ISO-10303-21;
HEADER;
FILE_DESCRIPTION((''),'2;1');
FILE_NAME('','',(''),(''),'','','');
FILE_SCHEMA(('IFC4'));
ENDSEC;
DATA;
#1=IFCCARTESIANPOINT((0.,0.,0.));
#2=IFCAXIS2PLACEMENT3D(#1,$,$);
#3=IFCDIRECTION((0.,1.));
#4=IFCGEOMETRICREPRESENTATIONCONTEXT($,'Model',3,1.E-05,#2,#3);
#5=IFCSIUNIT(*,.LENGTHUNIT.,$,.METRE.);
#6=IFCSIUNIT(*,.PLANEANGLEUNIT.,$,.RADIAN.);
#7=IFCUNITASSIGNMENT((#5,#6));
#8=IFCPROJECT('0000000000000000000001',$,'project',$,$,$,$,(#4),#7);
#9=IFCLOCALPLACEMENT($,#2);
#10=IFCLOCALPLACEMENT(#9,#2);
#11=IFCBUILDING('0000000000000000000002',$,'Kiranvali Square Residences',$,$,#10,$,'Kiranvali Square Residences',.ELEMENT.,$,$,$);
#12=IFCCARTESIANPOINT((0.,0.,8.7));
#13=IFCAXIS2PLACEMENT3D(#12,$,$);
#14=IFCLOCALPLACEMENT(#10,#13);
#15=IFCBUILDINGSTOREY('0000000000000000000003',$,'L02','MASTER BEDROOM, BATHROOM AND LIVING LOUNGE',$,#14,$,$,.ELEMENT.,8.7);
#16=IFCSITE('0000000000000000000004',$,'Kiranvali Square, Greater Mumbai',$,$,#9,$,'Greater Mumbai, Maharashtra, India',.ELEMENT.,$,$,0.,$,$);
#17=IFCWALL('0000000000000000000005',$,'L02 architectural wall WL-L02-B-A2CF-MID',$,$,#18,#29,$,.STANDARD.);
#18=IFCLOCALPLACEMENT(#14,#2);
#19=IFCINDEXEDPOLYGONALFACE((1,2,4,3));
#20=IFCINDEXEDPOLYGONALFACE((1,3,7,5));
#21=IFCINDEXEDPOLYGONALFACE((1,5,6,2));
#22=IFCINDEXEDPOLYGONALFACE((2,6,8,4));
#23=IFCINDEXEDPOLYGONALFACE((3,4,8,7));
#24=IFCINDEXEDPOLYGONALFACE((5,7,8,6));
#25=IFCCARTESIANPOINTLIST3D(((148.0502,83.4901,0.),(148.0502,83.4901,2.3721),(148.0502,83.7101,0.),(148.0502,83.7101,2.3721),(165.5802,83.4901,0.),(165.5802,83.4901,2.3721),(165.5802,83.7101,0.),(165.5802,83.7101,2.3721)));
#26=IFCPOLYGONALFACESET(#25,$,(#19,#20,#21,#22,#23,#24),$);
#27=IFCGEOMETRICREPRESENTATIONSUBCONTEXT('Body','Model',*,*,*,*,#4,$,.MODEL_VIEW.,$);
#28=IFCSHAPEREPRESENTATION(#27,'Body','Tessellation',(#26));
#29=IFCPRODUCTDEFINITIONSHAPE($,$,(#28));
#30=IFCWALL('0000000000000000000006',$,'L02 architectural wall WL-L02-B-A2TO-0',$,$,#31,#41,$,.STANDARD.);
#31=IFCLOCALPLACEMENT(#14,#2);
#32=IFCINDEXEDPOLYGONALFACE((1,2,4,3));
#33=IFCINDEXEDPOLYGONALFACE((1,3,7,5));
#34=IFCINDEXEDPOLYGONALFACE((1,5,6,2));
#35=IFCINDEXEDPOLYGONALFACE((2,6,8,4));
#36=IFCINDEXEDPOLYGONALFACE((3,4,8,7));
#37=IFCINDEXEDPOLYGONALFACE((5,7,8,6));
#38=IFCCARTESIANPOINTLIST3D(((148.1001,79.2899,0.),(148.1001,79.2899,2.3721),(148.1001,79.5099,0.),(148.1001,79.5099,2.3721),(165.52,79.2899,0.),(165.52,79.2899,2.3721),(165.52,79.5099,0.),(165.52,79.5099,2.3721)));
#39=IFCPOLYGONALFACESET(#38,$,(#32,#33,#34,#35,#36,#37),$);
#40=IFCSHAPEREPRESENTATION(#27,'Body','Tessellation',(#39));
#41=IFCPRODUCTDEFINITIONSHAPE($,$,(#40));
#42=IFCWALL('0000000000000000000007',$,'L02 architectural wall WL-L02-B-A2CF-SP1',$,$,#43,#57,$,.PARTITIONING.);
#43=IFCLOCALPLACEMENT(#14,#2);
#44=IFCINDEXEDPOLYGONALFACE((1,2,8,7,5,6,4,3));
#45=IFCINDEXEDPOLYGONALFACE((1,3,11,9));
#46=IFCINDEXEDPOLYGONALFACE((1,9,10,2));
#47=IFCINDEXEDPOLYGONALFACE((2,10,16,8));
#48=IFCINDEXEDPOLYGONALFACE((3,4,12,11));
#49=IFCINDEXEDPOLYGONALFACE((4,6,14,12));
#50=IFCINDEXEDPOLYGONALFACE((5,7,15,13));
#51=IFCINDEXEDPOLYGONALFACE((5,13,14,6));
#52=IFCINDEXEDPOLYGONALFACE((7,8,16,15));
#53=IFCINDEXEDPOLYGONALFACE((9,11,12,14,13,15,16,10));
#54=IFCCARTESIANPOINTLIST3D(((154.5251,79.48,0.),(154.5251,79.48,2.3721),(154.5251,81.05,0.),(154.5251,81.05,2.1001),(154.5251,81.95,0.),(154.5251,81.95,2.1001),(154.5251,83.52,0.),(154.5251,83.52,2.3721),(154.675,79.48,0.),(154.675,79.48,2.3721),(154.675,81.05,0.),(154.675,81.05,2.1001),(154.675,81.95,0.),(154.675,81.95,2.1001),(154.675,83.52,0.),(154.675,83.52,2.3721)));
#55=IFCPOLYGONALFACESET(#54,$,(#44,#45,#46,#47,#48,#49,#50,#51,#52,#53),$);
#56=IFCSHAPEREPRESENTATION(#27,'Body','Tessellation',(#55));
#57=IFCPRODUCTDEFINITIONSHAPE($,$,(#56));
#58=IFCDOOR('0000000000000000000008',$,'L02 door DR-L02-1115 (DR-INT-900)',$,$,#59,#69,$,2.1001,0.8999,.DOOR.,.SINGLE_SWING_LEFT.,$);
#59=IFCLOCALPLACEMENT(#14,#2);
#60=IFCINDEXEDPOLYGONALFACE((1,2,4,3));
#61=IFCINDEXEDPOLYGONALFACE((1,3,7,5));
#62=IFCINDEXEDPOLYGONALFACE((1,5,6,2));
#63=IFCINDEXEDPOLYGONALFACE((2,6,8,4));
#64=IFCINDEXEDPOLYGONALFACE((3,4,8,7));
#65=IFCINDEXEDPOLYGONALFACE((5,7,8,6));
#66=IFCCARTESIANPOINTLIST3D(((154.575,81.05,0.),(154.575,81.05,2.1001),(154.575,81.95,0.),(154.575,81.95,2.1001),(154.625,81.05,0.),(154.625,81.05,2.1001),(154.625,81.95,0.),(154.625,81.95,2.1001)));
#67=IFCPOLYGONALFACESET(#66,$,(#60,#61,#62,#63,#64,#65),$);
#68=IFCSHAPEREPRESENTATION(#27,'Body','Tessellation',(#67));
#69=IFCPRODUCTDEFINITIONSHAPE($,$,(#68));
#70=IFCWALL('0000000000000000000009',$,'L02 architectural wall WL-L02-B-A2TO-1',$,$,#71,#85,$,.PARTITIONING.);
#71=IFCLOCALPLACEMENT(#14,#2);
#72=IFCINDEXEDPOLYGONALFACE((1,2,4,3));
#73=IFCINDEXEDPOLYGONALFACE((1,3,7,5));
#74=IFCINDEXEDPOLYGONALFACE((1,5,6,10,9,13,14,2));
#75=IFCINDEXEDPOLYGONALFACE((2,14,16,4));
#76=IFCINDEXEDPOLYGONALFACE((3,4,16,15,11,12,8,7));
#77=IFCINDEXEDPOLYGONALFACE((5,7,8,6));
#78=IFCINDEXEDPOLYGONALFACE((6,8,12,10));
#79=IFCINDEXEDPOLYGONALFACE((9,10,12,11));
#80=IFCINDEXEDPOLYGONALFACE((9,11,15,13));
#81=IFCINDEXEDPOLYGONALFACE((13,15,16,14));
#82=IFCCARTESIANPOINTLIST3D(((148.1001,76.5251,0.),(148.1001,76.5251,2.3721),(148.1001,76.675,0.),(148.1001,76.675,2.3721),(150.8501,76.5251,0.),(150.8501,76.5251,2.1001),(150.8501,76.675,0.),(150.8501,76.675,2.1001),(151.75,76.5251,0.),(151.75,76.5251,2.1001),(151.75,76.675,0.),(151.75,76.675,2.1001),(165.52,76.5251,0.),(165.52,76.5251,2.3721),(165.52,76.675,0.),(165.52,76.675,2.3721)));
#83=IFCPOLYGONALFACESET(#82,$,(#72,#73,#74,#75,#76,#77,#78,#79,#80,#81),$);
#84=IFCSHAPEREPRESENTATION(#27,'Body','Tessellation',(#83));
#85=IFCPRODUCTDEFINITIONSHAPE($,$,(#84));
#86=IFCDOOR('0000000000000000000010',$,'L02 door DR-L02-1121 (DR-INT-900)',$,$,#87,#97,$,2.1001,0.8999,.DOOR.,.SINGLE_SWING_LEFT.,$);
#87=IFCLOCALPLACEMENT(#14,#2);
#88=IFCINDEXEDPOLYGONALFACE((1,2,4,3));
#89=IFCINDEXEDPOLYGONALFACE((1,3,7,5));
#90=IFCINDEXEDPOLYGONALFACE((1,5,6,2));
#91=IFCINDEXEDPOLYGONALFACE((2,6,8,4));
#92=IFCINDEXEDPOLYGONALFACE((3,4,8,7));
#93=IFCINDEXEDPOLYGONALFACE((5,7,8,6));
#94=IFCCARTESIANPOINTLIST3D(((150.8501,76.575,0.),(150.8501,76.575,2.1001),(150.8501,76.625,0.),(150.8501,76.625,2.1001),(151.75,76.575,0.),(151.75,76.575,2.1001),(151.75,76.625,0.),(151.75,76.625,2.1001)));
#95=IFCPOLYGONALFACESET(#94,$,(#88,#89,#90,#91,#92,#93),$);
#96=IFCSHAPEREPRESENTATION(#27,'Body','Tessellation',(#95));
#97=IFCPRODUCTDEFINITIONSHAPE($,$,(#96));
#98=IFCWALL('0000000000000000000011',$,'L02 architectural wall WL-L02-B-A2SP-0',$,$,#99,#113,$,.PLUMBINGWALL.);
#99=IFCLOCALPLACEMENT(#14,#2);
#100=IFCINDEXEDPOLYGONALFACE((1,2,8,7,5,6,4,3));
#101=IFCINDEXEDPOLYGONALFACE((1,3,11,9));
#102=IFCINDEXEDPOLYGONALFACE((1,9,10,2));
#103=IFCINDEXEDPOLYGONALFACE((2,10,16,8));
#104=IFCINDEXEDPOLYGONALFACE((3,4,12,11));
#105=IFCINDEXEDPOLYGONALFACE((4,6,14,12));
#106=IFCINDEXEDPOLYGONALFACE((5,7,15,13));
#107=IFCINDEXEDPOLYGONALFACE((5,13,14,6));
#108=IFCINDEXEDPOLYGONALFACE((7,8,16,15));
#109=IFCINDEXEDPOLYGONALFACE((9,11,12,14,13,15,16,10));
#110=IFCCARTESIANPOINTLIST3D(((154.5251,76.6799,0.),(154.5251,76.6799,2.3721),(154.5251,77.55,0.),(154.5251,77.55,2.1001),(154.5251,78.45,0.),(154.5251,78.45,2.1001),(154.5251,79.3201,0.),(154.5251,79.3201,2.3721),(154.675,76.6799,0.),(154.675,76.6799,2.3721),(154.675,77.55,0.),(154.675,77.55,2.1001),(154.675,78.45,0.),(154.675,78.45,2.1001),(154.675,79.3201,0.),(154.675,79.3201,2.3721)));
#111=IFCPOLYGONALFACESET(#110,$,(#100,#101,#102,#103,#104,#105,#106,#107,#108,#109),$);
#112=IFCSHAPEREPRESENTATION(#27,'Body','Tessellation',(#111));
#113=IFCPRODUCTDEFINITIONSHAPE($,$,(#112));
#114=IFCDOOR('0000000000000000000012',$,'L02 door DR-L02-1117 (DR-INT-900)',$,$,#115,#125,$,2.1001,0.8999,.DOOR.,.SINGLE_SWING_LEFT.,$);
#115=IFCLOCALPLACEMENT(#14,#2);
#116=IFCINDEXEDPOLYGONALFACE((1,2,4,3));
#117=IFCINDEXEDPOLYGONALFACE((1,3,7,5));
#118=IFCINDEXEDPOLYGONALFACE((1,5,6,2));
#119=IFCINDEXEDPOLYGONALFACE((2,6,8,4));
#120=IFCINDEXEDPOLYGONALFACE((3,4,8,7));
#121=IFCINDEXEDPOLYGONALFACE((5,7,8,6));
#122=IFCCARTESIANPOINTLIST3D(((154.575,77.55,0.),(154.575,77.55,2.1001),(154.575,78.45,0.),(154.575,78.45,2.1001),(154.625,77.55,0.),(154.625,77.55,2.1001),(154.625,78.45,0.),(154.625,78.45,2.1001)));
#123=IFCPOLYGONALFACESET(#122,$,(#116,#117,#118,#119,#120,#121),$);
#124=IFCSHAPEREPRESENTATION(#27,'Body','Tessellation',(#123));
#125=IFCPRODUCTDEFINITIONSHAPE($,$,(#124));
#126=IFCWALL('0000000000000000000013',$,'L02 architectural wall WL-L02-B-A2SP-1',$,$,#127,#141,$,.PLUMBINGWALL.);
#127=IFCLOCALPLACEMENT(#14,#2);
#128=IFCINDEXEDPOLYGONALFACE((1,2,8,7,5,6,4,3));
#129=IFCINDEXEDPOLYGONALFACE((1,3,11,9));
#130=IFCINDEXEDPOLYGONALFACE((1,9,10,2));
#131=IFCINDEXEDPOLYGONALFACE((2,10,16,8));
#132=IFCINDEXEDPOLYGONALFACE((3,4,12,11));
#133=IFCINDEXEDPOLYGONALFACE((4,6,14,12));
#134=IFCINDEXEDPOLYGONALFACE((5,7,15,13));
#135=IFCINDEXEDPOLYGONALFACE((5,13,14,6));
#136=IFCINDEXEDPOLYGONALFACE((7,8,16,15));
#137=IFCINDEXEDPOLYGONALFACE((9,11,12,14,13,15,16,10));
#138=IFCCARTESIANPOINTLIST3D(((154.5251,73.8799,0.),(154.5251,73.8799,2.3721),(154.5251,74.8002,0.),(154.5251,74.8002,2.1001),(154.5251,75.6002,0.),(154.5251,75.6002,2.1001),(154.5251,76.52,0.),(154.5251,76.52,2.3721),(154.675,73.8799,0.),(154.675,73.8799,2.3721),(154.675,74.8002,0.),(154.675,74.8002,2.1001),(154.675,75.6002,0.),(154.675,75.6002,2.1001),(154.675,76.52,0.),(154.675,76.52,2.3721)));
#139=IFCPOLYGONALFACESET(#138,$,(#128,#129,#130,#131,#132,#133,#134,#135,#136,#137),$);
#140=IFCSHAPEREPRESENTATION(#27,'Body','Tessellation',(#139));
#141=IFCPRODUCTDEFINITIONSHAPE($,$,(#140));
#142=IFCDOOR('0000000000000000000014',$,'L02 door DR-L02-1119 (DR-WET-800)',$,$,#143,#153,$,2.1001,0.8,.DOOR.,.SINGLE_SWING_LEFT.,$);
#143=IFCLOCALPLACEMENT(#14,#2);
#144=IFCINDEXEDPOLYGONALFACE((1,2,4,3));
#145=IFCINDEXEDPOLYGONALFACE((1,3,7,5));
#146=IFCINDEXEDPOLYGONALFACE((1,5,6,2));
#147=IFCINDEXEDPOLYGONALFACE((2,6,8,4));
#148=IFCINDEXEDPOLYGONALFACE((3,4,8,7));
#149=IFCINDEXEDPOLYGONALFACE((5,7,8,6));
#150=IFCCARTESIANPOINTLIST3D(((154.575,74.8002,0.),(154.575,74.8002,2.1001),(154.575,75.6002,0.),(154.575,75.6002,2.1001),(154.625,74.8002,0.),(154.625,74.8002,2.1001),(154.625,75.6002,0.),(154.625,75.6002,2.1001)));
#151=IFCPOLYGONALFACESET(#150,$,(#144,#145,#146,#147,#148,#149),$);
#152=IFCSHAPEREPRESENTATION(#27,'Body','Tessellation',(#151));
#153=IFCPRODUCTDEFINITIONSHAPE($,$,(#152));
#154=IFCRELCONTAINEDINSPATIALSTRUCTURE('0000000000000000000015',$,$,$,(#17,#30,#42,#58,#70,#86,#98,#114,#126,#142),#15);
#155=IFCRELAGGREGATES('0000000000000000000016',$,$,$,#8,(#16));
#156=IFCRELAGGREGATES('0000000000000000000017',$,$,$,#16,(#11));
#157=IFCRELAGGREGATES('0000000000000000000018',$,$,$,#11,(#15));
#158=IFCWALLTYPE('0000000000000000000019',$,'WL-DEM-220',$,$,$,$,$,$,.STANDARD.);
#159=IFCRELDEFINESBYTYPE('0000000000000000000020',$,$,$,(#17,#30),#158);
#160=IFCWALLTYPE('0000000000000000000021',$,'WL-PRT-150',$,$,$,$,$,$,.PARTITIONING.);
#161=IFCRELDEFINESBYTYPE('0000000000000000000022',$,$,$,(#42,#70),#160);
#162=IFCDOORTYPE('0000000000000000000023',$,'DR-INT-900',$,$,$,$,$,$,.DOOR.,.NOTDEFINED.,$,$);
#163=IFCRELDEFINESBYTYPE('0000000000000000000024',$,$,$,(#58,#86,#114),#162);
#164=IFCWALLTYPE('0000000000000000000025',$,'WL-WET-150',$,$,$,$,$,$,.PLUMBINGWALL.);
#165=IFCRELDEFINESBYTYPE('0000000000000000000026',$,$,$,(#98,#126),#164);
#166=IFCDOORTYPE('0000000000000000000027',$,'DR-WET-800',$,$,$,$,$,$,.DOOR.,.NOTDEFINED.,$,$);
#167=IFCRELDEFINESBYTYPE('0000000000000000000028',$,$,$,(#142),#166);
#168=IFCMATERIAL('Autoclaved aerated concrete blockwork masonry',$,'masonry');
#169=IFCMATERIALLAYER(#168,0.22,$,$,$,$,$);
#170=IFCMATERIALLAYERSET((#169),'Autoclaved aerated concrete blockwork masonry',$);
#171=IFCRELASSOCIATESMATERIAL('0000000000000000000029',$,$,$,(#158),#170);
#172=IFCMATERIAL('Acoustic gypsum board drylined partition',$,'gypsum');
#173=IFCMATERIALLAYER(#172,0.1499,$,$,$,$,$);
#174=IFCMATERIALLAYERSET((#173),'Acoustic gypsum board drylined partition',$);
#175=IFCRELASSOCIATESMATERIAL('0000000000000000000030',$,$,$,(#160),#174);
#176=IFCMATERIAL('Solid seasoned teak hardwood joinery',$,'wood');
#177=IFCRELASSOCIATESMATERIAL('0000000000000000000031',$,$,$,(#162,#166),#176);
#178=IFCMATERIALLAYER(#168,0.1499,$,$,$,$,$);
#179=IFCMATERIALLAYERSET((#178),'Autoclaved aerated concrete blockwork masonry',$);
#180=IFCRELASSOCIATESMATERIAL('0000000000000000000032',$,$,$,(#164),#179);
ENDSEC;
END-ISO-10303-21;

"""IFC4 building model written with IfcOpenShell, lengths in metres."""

from ifc_helpers import new_model, si_unit, direction, frame, frame_2d, origin, place, context, subcontext, project, spatial, rectangle, extrude, material, layer, layer_set, type_object, element, fill, save


model = new_model("IFC4")

# Units and contexts
model_context = context("Model", 3, precision=1e-05, world=origin(), true_north=direction((0.0, 1.0)))
body_context = subcontext(model_context, "Body", "Model", "MODEL_VIEW")
ifc_project = project(units=[si_unit("LENGTHUNIT", "METRE"), si_unit("PLANEANGLEUNIT", "RADIAN")], contexts=[model_context])

# Site, building, storey
site_placement = place(None, origin())
site = spatial("IfcSite", under=ifc_project, at=site_placement, Name="Kiranvali Square, Greater Mumbai", LongName="Greater Mumbai, Maharashtra, India", CompositionType="ELEMENT", RefElevation=0.0)
building_placement = place(site_placement, origin())
building = spatial("IfcBuilding", under=site, at=building_placement, Name="Kiranvali Square Residences", LongName="Kiranvali Square Residences", CompositionType="ELEMENT")
storey_placement = place(building_placement, frame((0.0, 0.0, 8.7)))
storey = spatial("IfcBuildingStorey", under=building, at=storey_placement, Name="L02", Description="MASTER BEDROOM, BATHROOM AND LIVING LOUNGE", CompositionType="ELEMENT", Elevation=8.7)

# Shared definitions
ifc_material_1 = material(Name="Autoclaved aerated concrete blockwork masonry", Category="masonry")

# Walls
ifc_layer_1 = layer(ifc_material_1, 0.22)
ifc_layer_set_1 = layer_set([ifc_layer_1], Name="Autoclaved aerated concrete blockwork masonry")
wall_type_1 = type_object("IfcWallType", Name="WL-DEM-220", PredefinedType="STANDARD", material=ifc_layer_set_1)
wall_1_placement = place(storey_placement, frame((148.05, 83.6001, 0.0), z_axis=(0.0, 0.0, 1.0), x_axis=(1.0, 0.0, 0.0)))
element("IfcWall", 1, at=wall_1_placement, inside=storey, type_object=wall_type_1, Name="L02 architectural wall WL-L02-B-A2CF-MID", PredefinedType="STANDARD", context=body_context, shape_type="SweptSolid", body=[
    extrude(rectangle(XDim=17.53, YDim=0.22, at=frame_2d((8.7651, 0.0))), origin(), (0.0, 0.0, 1.0), 2.3721),
])
wall_2_placement = place(storey_placement, frame((148.1001, 79.3999, 0.0), z_axis=(0.0, 0.0, 1.0), x_axis=(1.0, 0.0, 0.0)))
element("IfcWall", 2, at=wall_2_placement, inside=storey, type_object=wall_type_1, Name="L02 architectural wall WL-L02-B-A2TO-0", PredefinedType="STANDARD", context=body_context, shape_type="SweptSolid", body=[
    extrude(rectangle(XDim=17.4199, YDim=0.22, at=frame_2d((8.71, 0.0))), origin(), (0.0, 0.0, 1.0), 2.3721),
])

# Walls, openings, doors
ifc_material_2 = material(Name="Acoustic gypsum board drylined partition", Category="gypsum")
ifc_layer_2 = layer(ifc_material_2, 0.1499)
ifc_layer_set_2 = layer_set([ifc_layer_2], Name="Acoustic gypsum board drylined partition")
wall_type_2 = type_object("IfcWallType", Name="WL-PRT-150", PredefinedType="PARTITIONING", material=ifc_layer_set_2)
wall_3_placement = place(storey_placement, frame((154.6001, 83.52, 0.0), z_axis=(0.0, 0.0, 1.0), x_axis=(0.0, -1.0, 0.0)))
wall_3 = element("IfcWall", 3, at=wall_3_placement, inside=storey, type_object=wall_type_2, Name="L02 architectural wall WL-L02-B-A2CF-SP1", PredefinedType="PARTITIONING", context=body_context, shape_type="SweptSolid", body=[
    extrude(rectangle(XDim=4.04, YDim=0.1499, at=frame_2d((2.02, 0.0))), origin(), (0.0, 0.0, 1.0), 2.3721),
])
opening_1_placement = place(wall_3_placement, frame((1.5701, 0.0, 0.0)))
opening_1 = element("IfcOpeningElement", 4, at=opening_1_placement, cuts=wall_3, PredefinedType="OPENING", context=body_context, shape_type="SweptSolid", body=[
    extrude(rectangle(XDim=0.8999, YDim=2.1001, at=frame_2d((0.45, 1.05))), frame((0.0, 0.085, 0.0), z_axis=(0.0, -1.0, 0.0), x_axis=(1.0, 0.0, 0.0)), (0.0, 0.0, 1.0), 0.1699),
])
ifc_material_3 = material(Name="Solid seasoned teak hardwood joinery", Category="wood")
door_type_1 = type_object("IfcDoorType", Name="DR-INT-900", OperationType="NOTDEFINED", PredefinedType="DOOR", material=ifc_material_3)
door_1_placement = place(opening_1_placement, origin())
door_1 = element("IfcDoor", 5, at=door_1_placement, inside=storey, type_object=door_type_1, Name="L02 door DR-L02-1115 (DR-INT-900)", OperationType="SINGLE_SWING_LEFT", OverallHeight=2.1001, OverallWidth=0.8999, PredefinedType="DOOR", context=body_context, shape_type="SweptSolid", body=[
    extrude(rectangle(XDim=0.8999, YDim=2.1001, at=frame_2d((0.45, 1.05))), frame((0.0, 0.0249, 0.0), z_axis=(0.0, -1.0, 0.0), x_axis=(1.0, 0.0, 0.0)), (0.0, 0.0, 1.0), 0.05),
])
fill(opening_1, door_1)
wall_4_placement = place(storey_placement, frame((148.1001, 76.6001, 0.0), z_axis=(0.0, 0.0, 1.0), x_axis=(1.0, 0.0, 0.0)))
wall_4 = element("IfcWall", 6, at=wall_4_placement, inside=storey, type_object=wall_type_2, Name="L02 architectural wall WL-L02-B-A2TO-1", PredefinedType="PARTITIONING", context=body_context, shape_type="SweptSolid", body=[
    extrude(rectangle(XDim=17.4199, YDim=0.1499, at=frame_2d((8.71, 0.0))), origin(), (0.0, 0.0, 1.0), 2.3721),
])
opening_2_placement = place(wall_4_placement, frame((2.75, 0.0, 0.0)))
opening_2 = element("IfcOpeningElement", 7, at=opening_2_placement, cuts=wall_4, PredefinedType="OPENING", context=body_context, shape_type="SweptSolid", body=[
    extrude(rectangle(XDim=0.8999, YDim=2.1001, at=frame_2d((0.45, 1.05))), frame((0.0, 0.085, 0.0), z_axis=(0.0, -1.0, 0.0), x_axis=(1.0, 0.0, 0.0)), (0.0, 0.0, 1.0), 0.1699),
])
door_2_placement = place(opening_2_placement, origin())
door_2 = element("IfcDoor", 8, at=door_2_placement, inside=storey, type_object=door_type_1, Name="L02 door DR-L02-1121 (DR-INT-900)", OperationType="SINGLE_SWING_LEFT", OverallHeight=2.1001, OverallWidth=0.8999, PredefinedType="DOOR", context=body_context, shape_type="SweptSolid", body=[
    extrude(rectangle(XDim=0.8999, YDim=2.1001, at=frame_2d((0.45, 1.05))), frame((0.0, 0.0249, 0.0), z_axis=(0.0, -1.0, 0.0), x_axis=(1.0, 0.0, 0.0)), (0.0, 0.0, 1.0), 0.05),
])
fill(opening_2, door_2)
ifc_layer_3 = layer(ifc_material_1, 0.1499)
ifc_layer_set_3 = layer_set([ifc_layer_3], Name="Autoclaved aerated concrete blockwork masonry")
wall_type_3 = type_object("IfcWallType", Name="WL-WET-150", PredefinedType="PLUMBINGWALL", material=ifc_layer_set_3)
wall_5_placement = place(storey_placement, frame((154.6001, 79.3201, 0.0), z_axis=(0.0, 0.0, 1.0), x_axis=(0.0, -1.0, 0.0)))
wall_5 = element("IfcWall", 9, at=wall_5_placement, inside=storey, type_object=wall_type_3, Name="L02 architectural wall WL-L02-B-A2SP-0", PredefinedType="PLUMBINGWALL", context=body_context, shape_type="SweptSolid", body=[
    extrude(rectangle(XDim=2.6401, YDim=0.1499, at=frame_2d((1.3201, 0.0))), origin(), (0.0, 0.0, 1.0), 2.3721),
])
opening_3_placement = place(wall_5_placement, frame((0.8701, 0.0, 0.0)))
opening_3 = element("IfcOpeningElement", 10, at=opening_3_placement, cuts=wall_5, PredefinedType="OPENING", context=body_context, shape_type="SweptSolid", body=[
    extrude(rectangle(XDim=0.8999, YDim=2.1001, at=frame_2d((0.45, 1.05))), frame((0.0, 0.085, 0.0), z_axis=(0.0, -1.0, 0.0), x_axis=(1.0, 0.0, 0.0)), (0.0, 0.0, 1.0), 0.1699),
])
door_3_placement = place(opening_3_placement, origin())
door_3 = element("IfcDoor", 11, at=door_3_placement, inside=storey, type_object=door_type_1, Name="L02 door DR-L02-1117 (DR-INT-900)", OperationType="SINGLE_SWING_LEFT", OverallHeight=2.1001, OverallWidth=0.8999, PredefinedType="DOOR", context=body_context, shape_type="SweptSolid", body=[
    extrude(rectangle(XDim=0.8999, YDim=2.1001, at=frame_2d((0.45, 1.05))), frame((0.0, 0.0249, 0.0), z_axis=(0.0, -1.0, 0.0), x_axis=(1.0, 0.0, 0.0)), (0.0, 0.0, 1.0), 0.05),
])
fill(opening_3, door_3)
wall_6_placement = place(storey_placement, frame((154.6001, 76.52, 0.0), z_axis=(0.0, 0.0, 1.0), x_axis=(0.0, -1.0, 0.0)))
wall_6 = element("IfcWall", 12, at=wall_6_placement, inside=storey, type_object=wall_type_3, Name="L02 architectural wall WL-L02-B-A2SP-1", PredefinedType="PLUMBINGWALL", context=body_context, shape_type="SweptSolid", body=[
    extrude(rectangle(XDim=2.6401, YDim=0.1499, at=frame_2d((1.3201, 0.0))), origin(), (0.0, 0.0, 1.0), 2.3721),
])
opening_4_placement = place(wall_6_placement, frame((0.9199, 0.0, 0.0)))
opening_4 = element("IfcOpeningElement", 13, at=opening_4_placement, cuts=wall_6, PredefinedType="OPENING", context=body_context, shape_type="SweptSolid", body=[
    extrude(rectangle(XDim=0.8, YDim=2.1001, at=frame_2d((0.3999, 1.05))), frame((0.0, 0.085, 0.0), z_axis=(0.0, -1.0, 0.0), x_axis=(1.0, 0.0, 0.0)), (0.0, 0.0, 1.0), 0.1699),
])
door_type_2 = type_object("IfcDoorType", Name="DR-WET-800", OperationType="NOTDEFINED", PredefinedType="DOOR", material=ifc_material_3)
door_4_placement = place(opening_4_placement, origin())
door_4 = element("IfcDoor", 14, at=door_4_placement, inside=storey, type_object=door_type_2, Name="L02 door DR-L02-1119 (DR-WET-800)", OperationType="SINGLE_SWING_LEFT", OverallHeight=2.1001, OverallWidth=0.8, PredefinedType="DOOR", context=body_context, shape_type="SweptSolid", body=[
    extrude(rectangle(XDim=0.8, YDim=2.1001, at=frame_2d((0.3999, 1.05))), frame((0.0, 0.0249, 0.0), z_axis=(0.0, -1.0, 0.0), x_axis=(1.0, 0.0, 0.0)), (0.0, 0.0, 1.0), 0.05),
])
fill(opening_4, door_4)

save(model, "model.ifc")
